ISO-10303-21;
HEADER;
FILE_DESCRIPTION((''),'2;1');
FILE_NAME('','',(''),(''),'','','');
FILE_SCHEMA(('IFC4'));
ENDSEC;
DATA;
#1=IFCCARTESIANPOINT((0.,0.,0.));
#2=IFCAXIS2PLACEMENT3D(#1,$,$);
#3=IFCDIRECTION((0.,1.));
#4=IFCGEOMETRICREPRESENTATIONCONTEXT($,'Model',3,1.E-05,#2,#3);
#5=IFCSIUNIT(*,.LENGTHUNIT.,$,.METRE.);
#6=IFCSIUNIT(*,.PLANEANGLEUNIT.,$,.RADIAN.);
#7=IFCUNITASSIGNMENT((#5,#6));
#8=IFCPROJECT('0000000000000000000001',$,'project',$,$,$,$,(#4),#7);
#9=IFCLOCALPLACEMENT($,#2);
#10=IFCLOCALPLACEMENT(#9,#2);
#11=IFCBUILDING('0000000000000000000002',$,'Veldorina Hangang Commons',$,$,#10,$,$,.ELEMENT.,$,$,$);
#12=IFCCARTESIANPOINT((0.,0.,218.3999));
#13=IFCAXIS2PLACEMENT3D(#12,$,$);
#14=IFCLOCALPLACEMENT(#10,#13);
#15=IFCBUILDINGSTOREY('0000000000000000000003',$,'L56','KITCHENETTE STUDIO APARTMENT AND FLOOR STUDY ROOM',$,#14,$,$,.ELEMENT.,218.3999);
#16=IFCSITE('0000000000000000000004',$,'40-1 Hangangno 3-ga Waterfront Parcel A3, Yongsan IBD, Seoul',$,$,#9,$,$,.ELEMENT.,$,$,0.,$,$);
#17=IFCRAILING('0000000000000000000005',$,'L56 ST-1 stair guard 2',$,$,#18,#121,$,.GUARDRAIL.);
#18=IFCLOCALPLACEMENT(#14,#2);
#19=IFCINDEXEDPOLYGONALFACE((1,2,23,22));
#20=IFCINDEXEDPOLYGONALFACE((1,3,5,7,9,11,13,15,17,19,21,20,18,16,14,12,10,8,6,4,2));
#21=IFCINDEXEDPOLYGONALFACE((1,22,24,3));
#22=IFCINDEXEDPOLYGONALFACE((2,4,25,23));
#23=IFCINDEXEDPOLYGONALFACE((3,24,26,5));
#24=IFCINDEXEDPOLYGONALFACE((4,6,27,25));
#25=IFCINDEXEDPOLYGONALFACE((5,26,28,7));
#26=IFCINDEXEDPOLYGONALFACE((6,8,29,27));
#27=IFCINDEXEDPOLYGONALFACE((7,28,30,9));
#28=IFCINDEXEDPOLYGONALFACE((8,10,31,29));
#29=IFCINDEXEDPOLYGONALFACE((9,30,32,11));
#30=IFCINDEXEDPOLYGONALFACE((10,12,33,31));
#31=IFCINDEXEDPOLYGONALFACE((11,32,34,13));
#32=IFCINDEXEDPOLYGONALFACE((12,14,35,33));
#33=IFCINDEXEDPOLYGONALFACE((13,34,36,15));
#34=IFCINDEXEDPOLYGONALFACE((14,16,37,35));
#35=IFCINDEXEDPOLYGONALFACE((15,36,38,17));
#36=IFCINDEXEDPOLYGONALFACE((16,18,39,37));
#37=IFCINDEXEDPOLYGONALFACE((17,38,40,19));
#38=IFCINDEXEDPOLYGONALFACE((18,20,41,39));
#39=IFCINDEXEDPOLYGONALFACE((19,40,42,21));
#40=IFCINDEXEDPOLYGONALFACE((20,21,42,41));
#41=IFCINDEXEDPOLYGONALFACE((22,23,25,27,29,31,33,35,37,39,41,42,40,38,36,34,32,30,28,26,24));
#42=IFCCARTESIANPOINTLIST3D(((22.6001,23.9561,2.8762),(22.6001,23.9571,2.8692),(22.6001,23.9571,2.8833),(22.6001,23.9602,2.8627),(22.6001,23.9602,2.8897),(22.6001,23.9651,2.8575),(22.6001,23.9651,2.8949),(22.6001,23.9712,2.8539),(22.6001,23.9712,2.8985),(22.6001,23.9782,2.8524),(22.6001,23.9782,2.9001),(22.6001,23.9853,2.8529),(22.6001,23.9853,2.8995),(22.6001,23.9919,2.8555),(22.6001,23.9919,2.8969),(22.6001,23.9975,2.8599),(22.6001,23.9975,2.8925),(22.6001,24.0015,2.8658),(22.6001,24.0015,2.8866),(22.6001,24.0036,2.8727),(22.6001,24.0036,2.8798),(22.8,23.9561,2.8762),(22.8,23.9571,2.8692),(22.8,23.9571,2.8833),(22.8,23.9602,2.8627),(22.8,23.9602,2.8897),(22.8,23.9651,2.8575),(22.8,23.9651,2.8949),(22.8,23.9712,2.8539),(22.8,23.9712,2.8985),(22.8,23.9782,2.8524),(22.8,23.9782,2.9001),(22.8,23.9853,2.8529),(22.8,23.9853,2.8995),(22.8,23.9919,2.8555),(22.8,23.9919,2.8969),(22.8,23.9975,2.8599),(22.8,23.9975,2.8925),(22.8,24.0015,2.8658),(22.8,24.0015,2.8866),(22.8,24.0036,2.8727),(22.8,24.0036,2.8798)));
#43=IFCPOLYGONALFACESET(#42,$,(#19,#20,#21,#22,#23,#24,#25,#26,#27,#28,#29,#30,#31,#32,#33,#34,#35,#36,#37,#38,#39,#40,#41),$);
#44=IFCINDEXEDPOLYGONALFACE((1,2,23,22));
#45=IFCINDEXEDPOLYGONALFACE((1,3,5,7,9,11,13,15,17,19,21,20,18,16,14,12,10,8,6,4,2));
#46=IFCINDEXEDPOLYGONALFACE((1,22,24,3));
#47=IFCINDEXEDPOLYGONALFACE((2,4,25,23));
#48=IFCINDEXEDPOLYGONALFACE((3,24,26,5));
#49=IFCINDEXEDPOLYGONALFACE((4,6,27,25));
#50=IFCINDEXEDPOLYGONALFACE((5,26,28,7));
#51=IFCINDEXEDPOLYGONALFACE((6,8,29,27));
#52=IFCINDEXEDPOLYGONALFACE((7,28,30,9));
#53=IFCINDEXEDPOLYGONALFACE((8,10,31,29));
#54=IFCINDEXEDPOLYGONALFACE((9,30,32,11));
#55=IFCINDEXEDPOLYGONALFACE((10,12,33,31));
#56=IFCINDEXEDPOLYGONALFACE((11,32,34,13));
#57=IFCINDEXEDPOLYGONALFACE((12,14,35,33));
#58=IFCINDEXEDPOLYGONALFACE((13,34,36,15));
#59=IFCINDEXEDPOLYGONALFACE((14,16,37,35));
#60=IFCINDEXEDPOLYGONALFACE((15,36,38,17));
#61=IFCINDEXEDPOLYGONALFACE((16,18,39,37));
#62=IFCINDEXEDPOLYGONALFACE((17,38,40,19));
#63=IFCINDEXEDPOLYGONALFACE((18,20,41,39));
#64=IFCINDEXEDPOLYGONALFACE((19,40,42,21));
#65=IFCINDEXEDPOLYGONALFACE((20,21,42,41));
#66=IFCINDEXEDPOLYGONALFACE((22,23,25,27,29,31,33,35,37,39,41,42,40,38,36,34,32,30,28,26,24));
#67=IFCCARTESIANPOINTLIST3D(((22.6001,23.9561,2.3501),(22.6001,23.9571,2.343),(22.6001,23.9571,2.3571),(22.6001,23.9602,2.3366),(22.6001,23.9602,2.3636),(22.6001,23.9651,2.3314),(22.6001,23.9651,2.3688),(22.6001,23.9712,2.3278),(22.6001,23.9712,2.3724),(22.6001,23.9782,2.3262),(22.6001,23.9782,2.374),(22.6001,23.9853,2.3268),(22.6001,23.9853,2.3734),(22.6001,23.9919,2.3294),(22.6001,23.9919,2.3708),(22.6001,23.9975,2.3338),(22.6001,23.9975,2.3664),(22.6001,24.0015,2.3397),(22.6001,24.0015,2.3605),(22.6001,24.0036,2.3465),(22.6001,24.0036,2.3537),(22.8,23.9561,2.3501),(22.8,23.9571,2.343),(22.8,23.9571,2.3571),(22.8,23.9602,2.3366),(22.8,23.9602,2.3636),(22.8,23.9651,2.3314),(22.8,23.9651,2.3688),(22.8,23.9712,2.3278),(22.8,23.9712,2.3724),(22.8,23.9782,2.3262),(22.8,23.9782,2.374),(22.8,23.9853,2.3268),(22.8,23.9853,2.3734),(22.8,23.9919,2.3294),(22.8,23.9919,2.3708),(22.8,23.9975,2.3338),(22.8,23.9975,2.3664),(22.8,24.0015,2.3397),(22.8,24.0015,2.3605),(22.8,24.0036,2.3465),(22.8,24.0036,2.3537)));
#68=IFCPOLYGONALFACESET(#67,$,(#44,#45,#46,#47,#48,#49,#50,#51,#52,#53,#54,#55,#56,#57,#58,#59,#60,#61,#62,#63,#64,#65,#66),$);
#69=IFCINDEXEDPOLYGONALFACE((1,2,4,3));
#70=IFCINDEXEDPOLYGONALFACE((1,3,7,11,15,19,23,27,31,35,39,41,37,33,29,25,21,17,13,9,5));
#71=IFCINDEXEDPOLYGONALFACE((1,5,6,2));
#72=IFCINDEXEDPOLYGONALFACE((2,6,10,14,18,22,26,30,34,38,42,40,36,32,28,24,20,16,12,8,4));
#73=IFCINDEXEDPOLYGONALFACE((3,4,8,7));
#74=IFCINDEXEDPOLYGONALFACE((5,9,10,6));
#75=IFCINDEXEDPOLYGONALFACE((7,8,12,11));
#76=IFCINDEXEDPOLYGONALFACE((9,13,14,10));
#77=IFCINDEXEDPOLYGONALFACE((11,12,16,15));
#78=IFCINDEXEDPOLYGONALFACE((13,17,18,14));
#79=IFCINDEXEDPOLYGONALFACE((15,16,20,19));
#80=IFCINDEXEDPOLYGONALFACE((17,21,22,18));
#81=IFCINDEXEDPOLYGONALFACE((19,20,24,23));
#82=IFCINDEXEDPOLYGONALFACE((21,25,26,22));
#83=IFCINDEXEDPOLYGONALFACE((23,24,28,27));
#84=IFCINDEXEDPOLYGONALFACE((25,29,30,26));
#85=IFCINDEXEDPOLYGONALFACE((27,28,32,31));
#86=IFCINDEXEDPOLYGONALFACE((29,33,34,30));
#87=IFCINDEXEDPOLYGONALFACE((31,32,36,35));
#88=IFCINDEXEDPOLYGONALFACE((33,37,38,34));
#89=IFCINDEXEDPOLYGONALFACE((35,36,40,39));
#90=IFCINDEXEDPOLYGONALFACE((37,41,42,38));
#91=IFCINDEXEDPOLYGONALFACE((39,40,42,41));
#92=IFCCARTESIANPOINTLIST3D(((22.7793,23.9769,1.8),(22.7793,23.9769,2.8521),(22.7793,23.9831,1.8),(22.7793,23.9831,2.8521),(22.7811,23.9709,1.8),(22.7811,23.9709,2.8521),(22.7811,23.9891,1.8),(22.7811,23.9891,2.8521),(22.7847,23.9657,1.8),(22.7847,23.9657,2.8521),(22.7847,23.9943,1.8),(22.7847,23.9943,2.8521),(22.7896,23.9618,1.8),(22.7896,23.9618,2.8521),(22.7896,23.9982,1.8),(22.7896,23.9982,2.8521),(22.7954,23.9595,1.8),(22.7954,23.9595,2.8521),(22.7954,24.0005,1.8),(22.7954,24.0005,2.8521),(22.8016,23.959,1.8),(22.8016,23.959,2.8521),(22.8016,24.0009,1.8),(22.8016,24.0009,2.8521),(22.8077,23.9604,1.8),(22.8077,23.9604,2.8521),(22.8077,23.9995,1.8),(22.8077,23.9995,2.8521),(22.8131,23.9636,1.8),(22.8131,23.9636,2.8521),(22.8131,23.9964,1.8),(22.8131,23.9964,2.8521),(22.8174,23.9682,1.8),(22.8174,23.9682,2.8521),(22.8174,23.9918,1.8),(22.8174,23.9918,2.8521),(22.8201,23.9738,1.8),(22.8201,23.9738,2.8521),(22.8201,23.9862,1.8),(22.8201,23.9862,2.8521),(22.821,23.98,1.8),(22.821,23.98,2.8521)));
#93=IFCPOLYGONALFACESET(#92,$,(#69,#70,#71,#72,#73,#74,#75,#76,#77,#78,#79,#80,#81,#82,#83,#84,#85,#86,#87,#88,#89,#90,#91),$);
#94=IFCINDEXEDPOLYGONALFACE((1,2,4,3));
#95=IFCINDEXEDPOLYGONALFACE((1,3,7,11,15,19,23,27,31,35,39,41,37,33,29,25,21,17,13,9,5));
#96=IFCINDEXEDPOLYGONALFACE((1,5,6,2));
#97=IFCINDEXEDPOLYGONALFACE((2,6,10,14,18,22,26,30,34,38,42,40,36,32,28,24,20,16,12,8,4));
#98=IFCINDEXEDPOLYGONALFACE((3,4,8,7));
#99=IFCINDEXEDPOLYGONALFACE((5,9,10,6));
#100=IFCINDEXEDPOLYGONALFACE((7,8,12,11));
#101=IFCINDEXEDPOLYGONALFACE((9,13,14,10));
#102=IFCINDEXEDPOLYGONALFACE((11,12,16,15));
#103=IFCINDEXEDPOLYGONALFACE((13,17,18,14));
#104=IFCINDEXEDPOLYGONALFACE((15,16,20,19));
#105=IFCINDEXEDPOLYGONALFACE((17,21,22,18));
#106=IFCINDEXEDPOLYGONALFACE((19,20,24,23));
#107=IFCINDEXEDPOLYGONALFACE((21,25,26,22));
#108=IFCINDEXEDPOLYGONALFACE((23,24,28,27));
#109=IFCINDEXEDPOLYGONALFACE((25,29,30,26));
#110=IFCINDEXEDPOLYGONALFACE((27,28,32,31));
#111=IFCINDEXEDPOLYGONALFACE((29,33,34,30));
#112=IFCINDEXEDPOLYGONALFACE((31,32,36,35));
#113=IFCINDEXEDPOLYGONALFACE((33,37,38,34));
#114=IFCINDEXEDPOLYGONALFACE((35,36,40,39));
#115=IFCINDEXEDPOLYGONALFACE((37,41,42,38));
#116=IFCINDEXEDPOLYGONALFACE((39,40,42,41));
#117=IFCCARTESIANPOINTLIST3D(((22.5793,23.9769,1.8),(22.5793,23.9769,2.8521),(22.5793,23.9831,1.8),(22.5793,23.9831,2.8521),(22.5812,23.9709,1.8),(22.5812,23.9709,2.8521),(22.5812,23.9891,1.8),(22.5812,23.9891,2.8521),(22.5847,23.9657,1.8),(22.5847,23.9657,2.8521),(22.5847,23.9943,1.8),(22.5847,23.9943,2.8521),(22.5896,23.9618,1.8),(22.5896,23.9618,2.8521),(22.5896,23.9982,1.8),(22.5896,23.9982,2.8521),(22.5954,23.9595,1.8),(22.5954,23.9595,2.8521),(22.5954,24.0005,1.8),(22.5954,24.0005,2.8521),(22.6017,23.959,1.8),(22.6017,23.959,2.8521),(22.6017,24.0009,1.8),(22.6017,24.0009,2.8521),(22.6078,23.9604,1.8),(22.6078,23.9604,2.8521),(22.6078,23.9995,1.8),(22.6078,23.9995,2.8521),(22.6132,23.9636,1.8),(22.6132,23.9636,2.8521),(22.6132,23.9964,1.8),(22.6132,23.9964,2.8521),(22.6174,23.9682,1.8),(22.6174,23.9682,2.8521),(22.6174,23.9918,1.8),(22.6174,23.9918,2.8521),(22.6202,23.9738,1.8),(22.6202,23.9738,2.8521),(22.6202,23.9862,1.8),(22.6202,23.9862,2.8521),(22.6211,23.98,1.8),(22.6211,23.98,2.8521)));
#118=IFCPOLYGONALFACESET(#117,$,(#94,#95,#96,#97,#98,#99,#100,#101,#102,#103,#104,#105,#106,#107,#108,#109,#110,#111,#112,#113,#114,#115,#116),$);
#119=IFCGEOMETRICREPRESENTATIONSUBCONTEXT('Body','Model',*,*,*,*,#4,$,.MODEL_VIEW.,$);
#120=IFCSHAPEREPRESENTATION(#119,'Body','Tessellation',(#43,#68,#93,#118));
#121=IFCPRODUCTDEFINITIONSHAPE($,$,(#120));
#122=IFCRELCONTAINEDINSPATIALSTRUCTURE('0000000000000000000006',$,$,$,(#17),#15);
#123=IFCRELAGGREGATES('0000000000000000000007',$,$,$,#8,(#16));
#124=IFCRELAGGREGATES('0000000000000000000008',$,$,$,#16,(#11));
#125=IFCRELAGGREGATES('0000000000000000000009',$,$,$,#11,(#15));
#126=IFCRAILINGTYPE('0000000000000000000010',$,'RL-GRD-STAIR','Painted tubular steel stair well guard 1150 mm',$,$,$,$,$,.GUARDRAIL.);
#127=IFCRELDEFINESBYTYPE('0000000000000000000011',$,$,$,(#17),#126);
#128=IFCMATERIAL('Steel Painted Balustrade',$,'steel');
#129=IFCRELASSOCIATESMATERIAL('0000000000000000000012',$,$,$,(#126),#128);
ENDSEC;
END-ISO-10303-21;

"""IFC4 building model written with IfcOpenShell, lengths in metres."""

from ifc_helpers import new_model, si_unit, direction, frame, origin, origin_2d, place, context, subcontext, project, spatial, circle, extrude, material, type_object, element, save


model = new_model("IFC4")

# Units and contexts
model_context = context("Model", 3, precision=1e-05, world=origin(), true_north=direction((0.0, 1.0)))
body_context = subcontext(model_context, "Body", "Model", "MODEL_VIEW")
ifc_project = project(units=[si_unit("LENGTHUNIT", "METRE"), si_unit("PLANEANGLEUNIT", "RADIAN")], contexts=[model_context])

# Site, building, storey
site_placement = place(None, origin())
site = spatial("IfcSite", under=ifc_project, at=site_placement, Name="40-1 Hangangno 3-ga Waterfront Parcel A3, Yongsan IBD, Seoul", CompositionType="ELEMENT", RefElevation=0.0)
building_placement = place(site_placement, origin())
building = spatial("IfcBuilding", under=site, at=building_placement, Name="Veldorina Hangang Commons", CompositionType="ELEMENT")
storey_placement = place(building_placement, frame((0.0, 0.0, 218.3999)))
storey = spatial("IfcBuildingStorey", under=building, at=storey_placement, Name="L56", Description="KITCHENETTE STUDIO APARTMENT AND FLOOR STUDY ROOM", CompositionType="ELEMENT", Elevation=218.3999)

# Railing
ifc_material_1 = material(Name="Steel Painted Balustrade", Category="steel")
railing_type = type_object("IfcRailingType", Name="RL-GRD-STAIR", Description="Painted tubular steel stair well guard 1150 mm", PredefinedType="GUARDRAIL", material=ifc_material_1)
railing_1_placement = place(storey_placement, frame((22.8, 23.98, 1.8)))
element("IfcRailing", 1, at=railing_1_placement, inside=storey, type_object=railing_type, Name="L56 ST-1 stair guard 2", PredefinedType="GUARDRAIL", context=body_context, shape_type="SweptSolid", body=[
    extrude(circle(Radius=0.0239, at=origin_2d()), frame((0.0, 0.0, 1.0762), z_axis=(-1.0, 0.0, 0.0), x_axis=(0.0, -1.0, 0.0)), (0.0, 0.0, 1.0), 0.2),
    extrude(circle(Radius=0.0239, at=origin_2d()), frame((0.0, 0.0, 0.55), z_axis=(-1.0, 0.0, 0.0), x_axis=(0.0, -1.0, 0.0)), (0.0, 0.0, 1.0), 0.2),
    extrude(circle(Radius=0.021, at=origin_2d()), origin(), (0.0, 0.0, 1.0), 1.052),
    extrude(circle(Radius=0.021, at=origin_2d()), frame((-0.2, 0.0, 0.0)), (0.0, 0.0, 1.0), 1.052),
])

save(model, "model.ifc")
